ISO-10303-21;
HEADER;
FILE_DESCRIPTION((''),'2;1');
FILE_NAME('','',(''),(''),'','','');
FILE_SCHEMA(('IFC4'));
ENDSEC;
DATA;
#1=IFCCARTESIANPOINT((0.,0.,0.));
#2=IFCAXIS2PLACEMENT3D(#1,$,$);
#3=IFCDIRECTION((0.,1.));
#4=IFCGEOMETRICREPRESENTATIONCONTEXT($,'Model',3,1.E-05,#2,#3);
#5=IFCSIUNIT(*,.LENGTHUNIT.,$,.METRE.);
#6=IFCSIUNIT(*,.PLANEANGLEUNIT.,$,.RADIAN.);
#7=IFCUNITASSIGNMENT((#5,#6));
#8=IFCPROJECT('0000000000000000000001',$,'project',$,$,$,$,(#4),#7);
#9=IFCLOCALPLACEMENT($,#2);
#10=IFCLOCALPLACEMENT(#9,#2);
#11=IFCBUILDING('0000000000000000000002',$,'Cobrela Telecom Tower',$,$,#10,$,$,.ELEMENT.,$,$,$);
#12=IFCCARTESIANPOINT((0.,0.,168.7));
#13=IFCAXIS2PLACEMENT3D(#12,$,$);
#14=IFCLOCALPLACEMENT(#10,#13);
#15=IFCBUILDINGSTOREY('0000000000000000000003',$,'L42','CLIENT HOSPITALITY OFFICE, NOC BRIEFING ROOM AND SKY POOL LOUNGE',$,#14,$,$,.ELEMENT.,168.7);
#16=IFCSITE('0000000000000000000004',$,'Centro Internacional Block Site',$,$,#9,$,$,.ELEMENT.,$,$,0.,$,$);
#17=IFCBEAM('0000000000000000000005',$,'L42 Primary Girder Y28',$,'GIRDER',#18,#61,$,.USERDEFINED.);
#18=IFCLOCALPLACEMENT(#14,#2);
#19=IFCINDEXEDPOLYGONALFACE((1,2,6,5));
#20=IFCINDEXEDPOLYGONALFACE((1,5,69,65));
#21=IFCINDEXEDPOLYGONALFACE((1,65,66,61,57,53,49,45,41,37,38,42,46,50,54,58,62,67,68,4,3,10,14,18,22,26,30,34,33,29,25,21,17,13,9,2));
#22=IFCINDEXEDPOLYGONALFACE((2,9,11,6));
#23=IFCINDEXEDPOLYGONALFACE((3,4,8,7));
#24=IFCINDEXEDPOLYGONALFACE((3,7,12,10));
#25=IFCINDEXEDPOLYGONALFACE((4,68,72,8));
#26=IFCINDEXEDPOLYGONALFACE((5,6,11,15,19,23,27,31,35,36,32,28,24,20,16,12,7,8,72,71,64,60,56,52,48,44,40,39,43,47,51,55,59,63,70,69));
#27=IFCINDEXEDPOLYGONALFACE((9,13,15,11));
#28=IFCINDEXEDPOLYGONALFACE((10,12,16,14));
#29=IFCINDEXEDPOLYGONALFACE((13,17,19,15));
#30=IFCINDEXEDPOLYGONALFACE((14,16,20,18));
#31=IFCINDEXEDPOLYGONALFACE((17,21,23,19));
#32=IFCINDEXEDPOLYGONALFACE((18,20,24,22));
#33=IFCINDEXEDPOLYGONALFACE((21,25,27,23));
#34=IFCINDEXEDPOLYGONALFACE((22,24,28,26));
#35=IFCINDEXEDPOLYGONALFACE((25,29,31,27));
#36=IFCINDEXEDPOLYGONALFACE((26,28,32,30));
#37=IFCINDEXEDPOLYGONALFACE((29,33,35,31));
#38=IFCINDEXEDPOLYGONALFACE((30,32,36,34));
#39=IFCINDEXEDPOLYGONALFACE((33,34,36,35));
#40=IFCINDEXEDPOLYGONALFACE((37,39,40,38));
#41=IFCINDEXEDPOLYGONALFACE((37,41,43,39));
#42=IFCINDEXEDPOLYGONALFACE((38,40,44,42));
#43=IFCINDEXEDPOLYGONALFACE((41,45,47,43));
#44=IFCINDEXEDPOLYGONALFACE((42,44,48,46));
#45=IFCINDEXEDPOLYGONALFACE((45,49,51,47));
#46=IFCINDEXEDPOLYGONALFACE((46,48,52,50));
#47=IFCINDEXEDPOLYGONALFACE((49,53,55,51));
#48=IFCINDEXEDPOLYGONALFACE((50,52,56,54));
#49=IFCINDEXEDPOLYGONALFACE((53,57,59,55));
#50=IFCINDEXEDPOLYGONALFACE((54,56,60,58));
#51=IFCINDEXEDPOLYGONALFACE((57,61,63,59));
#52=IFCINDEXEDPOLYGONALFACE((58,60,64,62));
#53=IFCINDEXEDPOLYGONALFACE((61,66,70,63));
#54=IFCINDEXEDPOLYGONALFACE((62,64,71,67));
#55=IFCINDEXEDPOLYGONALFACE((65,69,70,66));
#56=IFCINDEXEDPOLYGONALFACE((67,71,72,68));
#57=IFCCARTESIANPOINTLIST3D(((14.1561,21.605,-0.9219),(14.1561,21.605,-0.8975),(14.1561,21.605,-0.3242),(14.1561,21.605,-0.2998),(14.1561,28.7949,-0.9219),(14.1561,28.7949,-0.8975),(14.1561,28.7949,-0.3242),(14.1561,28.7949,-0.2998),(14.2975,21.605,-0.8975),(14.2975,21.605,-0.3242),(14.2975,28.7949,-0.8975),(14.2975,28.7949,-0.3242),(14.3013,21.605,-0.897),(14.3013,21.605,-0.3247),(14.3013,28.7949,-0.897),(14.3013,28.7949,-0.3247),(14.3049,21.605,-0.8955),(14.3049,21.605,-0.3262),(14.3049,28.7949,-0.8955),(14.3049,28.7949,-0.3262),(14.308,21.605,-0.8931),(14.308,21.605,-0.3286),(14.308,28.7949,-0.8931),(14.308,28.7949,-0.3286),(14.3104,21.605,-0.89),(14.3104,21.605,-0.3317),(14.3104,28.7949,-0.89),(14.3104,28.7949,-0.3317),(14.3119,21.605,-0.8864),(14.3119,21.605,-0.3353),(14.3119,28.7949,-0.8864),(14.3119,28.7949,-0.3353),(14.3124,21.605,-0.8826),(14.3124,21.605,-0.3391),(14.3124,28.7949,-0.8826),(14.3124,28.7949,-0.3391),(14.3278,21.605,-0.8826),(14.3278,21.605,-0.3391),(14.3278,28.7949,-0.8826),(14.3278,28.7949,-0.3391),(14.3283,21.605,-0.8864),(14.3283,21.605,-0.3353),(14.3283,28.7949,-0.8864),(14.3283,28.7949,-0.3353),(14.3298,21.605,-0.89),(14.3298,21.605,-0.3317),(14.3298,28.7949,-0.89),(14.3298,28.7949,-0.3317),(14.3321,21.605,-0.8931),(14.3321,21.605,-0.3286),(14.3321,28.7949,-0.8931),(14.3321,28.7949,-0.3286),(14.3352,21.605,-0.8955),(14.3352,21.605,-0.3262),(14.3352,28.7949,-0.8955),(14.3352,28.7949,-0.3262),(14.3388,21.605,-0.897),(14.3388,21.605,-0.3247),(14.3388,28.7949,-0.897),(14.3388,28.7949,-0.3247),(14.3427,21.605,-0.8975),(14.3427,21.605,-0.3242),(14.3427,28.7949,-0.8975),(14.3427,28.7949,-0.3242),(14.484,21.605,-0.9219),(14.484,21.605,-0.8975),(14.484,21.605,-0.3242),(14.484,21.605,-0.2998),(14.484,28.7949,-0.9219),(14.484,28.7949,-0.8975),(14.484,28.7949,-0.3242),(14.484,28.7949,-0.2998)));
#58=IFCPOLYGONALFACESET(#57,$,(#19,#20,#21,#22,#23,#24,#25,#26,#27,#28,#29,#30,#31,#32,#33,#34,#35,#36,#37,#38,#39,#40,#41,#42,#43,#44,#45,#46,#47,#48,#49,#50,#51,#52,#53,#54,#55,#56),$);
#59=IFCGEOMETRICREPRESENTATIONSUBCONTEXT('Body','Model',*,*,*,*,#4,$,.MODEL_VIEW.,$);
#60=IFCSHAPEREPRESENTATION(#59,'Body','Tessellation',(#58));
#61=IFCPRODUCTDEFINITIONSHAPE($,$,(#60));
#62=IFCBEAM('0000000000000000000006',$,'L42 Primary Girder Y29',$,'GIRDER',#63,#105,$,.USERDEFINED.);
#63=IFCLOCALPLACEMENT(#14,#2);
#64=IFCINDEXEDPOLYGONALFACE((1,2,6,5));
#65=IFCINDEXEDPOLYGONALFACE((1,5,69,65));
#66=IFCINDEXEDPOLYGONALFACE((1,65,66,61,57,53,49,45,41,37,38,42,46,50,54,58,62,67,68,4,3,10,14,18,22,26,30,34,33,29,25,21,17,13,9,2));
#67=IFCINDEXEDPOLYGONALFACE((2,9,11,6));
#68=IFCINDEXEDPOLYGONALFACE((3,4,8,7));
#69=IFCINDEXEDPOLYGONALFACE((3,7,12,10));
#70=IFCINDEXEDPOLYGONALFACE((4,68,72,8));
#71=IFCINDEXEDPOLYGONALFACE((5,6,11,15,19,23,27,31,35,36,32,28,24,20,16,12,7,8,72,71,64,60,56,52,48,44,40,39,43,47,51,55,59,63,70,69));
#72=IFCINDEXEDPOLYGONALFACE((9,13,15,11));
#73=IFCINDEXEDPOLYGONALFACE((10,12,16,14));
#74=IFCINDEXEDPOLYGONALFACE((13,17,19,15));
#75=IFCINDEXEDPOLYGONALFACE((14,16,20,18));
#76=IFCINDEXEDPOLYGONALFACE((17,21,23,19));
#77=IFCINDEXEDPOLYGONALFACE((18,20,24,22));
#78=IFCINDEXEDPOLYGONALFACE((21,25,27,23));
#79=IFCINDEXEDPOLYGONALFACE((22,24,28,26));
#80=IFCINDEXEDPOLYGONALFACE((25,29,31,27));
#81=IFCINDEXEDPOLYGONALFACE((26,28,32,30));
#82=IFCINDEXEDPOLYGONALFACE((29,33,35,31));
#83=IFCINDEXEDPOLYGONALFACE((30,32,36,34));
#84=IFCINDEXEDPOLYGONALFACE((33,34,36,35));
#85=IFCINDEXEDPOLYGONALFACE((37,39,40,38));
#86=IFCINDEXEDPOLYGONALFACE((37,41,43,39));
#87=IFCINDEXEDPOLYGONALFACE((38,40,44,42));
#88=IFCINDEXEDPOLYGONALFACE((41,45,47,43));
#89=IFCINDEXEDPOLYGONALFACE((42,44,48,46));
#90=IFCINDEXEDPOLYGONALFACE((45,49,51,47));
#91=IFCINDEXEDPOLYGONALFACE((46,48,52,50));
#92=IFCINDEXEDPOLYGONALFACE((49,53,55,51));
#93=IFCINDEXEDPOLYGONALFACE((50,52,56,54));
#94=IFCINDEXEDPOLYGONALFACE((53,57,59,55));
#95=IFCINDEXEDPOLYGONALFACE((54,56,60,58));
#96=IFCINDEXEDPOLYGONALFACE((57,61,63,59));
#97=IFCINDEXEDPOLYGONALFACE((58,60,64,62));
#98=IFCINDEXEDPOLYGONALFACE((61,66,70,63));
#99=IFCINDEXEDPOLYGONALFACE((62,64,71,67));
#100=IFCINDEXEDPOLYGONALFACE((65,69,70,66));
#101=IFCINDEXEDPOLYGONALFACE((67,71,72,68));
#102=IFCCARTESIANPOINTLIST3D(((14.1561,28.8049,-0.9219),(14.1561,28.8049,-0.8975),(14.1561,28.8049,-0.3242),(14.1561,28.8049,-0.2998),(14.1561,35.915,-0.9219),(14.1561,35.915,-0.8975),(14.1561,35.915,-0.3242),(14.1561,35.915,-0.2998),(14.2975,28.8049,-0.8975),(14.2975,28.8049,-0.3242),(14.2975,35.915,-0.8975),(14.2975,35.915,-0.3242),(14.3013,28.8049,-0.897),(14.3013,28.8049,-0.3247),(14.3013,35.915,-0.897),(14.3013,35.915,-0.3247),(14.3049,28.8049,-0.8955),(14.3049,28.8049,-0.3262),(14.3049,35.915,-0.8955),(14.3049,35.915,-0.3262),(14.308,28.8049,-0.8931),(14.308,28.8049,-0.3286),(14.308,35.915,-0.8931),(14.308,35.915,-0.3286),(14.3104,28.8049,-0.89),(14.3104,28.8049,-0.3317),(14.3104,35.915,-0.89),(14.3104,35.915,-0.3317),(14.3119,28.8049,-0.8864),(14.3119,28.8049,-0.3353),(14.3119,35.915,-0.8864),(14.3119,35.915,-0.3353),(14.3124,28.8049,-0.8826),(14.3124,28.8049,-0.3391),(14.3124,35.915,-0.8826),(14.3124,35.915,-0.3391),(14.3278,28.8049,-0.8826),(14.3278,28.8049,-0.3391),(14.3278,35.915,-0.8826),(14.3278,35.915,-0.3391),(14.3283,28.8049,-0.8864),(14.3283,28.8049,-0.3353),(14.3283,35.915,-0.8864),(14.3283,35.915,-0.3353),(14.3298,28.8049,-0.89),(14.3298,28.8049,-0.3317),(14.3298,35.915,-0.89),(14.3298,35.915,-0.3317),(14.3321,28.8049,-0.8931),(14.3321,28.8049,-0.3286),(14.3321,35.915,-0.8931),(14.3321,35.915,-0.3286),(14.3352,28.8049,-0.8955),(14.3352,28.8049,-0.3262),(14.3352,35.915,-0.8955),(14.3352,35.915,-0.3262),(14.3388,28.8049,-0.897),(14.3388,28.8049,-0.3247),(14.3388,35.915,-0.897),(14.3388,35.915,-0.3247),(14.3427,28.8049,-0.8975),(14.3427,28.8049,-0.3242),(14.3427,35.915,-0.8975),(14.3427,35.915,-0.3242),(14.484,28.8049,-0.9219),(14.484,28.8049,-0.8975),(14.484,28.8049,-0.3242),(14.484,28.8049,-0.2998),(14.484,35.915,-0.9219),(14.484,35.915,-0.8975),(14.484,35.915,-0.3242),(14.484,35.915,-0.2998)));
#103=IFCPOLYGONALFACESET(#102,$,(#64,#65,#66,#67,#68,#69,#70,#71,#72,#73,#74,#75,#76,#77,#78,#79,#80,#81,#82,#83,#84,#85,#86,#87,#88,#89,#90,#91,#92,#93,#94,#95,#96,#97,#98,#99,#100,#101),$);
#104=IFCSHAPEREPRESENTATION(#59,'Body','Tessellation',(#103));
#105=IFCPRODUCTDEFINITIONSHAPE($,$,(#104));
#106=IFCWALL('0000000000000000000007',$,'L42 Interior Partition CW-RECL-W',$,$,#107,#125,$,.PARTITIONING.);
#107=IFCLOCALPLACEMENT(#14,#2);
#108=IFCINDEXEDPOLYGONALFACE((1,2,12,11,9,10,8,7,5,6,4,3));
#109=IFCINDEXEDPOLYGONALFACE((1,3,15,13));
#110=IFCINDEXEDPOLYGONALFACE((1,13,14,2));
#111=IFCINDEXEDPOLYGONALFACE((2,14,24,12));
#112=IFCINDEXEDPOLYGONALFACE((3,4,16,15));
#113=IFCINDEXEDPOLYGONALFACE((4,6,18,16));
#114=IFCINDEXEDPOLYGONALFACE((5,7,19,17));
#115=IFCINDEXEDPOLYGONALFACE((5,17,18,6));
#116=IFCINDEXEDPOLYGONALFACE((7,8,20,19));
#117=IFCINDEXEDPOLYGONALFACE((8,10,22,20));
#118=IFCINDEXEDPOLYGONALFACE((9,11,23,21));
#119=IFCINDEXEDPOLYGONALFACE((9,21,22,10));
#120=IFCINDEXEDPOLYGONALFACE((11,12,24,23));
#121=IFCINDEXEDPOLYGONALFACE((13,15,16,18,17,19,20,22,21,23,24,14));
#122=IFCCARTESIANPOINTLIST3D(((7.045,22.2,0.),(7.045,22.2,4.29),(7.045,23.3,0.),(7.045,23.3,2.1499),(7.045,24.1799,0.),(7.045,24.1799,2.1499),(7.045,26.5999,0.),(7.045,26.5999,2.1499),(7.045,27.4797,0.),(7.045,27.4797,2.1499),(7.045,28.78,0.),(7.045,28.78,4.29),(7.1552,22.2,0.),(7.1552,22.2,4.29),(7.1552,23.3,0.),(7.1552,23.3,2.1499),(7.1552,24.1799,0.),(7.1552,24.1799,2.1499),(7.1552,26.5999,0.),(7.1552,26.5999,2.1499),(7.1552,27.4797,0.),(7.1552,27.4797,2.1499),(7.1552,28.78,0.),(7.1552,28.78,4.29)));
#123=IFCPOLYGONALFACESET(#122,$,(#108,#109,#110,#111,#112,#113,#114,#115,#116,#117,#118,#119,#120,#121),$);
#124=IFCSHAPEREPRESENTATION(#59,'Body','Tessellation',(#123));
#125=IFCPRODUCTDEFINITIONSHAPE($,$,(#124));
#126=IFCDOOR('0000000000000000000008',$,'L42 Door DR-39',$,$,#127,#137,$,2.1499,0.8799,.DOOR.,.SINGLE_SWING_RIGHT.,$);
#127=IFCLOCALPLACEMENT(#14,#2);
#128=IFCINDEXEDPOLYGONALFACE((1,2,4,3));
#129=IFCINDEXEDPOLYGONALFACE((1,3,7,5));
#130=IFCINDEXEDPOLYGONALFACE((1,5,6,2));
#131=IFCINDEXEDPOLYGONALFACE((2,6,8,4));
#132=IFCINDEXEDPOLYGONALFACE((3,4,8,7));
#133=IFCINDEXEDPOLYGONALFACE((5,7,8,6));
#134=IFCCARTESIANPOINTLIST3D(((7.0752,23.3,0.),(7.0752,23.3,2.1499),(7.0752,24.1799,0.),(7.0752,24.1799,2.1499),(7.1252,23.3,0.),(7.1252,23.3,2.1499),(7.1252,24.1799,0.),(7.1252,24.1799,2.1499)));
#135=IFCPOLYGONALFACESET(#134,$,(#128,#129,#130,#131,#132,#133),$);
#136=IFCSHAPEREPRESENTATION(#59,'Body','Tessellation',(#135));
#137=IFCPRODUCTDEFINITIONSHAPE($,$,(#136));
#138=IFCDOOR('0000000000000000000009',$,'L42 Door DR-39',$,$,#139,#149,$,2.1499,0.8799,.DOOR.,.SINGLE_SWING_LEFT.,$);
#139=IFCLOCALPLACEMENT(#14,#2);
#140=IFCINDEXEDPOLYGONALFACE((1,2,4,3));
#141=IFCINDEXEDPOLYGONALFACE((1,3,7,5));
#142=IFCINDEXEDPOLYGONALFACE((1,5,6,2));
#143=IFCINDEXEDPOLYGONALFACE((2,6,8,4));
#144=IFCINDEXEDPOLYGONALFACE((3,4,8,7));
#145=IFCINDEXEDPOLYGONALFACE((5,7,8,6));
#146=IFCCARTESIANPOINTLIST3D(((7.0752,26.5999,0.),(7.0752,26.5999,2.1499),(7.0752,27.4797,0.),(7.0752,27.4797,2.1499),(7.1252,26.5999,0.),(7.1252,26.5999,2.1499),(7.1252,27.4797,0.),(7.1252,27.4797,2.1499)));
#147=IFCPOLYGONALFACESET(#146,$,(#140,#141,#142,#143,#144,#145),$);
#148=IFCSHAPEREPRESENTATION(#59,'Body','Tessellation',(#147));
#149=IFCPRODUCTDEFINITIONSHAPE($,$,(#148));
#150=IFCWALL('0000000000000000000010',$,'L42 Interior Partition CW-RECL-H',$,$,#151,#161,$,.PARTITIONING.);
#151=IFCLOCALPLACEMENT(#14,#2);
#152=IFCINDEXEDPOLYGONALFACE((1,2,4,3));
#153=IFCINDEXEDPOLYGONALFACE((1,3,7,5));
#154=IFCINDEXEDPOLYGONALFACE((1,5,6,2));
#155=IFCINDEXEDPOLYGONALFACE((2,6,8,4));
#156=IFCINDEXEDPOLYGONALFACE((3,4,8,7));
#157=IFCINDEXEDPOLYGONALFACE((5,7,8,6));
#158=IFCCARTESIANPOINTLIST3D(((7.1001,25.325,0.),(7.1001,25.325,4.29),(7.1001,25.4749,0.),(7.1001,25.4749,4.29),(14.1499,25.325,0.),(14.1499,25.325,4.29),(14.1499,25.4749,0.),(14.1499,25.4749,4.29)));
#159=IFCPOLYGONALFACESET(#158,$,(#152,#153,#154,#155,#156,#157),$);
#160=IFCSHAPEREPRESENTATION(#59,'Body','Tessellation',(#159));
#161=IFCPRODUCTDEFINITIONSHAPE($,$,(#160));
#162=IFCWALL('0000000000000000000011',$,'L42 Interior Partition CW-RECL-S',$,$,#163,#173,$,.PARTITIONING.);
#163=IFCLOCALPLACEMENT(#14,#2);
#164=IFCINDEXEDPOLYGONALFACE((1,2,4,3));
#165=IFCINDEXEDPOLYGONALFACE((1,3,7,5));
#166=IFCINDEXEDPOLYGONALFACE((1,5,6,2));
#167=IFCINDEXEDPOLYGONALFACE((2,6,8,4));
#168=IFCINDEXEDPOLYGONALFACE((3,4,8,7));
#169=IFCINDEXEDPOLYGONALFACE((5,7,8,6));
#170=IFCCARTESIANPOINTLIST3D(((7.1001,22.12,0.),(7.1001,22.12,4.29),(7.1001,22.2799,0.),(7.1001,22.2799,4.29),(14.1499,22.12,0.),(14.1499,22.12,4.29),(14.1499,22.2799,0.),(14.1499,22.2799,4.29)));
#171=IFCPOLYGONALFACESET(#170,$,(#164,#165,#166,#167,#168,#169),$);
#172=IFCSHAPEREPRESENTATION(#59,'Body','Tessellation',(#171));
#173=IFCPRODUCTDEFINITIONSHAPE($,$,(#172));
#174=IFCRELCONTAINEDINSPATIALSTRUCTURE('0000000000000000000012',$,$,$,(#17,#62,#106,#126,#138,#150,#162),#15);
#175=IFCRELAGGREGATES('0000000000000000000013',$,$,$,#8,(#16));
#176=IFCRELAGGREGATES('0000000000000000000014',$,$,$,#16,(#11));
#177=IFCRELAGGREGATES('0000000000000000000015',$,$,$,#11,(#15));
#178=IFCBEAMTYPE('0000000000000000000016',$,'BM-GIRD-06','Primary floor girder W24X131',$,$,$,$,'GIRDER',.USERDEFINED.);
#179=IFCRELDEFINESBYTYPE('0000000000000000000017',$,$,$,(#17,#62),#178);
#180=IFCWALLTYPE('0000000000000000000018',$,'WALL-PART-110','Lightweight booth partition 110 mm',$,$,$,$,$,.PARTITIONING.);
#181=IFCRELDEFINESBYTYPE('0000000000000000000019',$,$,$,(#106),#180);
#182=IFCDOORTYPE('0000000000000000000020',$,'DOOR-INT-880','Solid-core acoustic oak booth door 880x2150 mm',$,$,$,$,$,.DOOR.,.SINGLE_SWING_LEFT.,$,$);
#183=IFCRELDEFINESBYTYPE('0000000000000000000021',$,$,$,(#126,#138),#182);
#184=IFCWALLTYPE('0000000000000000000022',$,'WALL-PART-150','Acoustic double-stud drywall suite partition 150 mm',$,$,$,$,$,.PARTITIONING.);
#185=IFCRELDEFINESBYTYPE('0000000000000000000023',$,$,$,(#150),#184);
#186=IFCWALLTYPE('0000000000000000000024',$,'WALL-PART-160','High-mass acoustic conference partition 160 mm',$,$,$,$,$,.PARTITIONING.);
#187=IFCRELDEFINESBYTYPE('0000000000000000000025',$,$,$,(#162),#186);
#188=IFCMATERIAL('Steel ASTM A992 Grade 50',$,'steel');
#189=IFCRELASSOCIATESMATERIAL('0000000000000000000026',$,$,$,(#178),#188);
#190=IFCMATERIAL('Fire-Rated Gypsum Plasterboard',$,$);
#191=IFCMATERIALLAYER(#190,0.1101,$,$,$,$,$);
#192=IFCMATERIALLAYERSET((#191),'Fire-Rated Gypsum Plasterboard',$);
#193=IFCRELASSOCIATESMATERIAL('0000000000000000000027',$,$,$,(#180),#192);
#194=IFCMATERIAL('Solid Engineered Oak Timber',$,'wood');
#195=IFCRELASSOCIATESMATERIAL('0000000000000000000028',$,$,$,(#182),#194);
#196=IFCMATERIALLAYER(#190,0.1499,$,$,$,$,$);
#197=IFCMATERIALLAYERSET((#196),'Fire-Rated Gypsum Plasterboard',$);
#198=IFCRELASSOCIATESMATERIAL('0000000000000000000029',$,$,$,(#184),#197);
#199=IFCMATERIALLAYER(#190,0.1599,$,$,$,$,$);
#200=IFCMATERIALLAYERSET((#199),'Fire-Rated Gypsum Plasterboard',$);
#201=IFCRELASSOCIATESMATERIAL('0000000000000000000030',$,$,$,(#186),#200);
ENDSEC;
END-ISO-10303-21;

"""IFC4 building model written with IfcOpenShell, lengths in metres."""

from ifc_helpers import new_model, si_unit, direction, frame, frame_2d, origin, origin_2d, place, context, subcontext, project, spatial, rectangle, i_section, extrude, material, layer, layer_set, material_profile, profile_set, type_object, element, fill, save


model = new_model("IFC4")

# Units and contexts
model_context = context("Model", 3, precision=1e-05, world=origin(), true_north=direction((0.0, 1.0)))
body_context = subcontext(model_context, "Body", "Model", "MODEL_VIEW")
ifc_project = project(units=[si_unit("LENGTHUNIT", "METRE"), si_unit("PLANEANGLEUNIT", "RADIAN")], contexts=[model_context])

# Site, building, storey
site_placement = place(None, origin())
site = spatial("IfcSite", under=ifc_project, at=site_placement, Name="Centro Internacional Block Site", CompositionType="ELEMENT", RefElevation=0.0)
building_placement = place(site_placement, origin())
building = spatial("IfcBuilding", under=site, at=building_placement, Name="Cobrela Telecom Tower", CompositionType="ELEMENT")
storey_placement = place(building_placement, frame((0.0, 0.0, 168.7)))
storey = spatial("IfcBuildingStorey", under=building, at=storey_placement, Name="L42", Description="CLIENT HOSPITALITY OFFICE, NOC BRIEFING ROOM AND SKY POOL LOUNGE", CompositionType="ELEMENT", Elevation=168.7)

# Beams
ifc_material_1 = material(Name="Steel ASTM A992 Grade 50", Category="steel")
ifc_material_profile = material_profile(ifc_material_1, i_section(OverallWidth=0.3279, OverallDepth=0.6221, WebThickness=0.0154, FlangeThickness=0.0244, FilletRadius=0.0149, at=origin_2d()), Name="W24X131")
ifc_profile_set = profile_set([ifc_material_profile], Name="Steel ASTM A992 Grade 50")
beam_type = type_object("IfcBeamType", Name="BM-GIRD-06", Description="Primary floor girder W24X131", ElementType="GIRDER", PredefinedType="USERDEFINED", material=ifc_profile_set)
beam_1_placement = place(storey_placement, frame((14.3201, 21.605, -0.6108), z_axis=(0.0, 1.0, 0.0), x_axis=(-1.0, 0.0, 0.0)))
element("IfcBeam", 1, at=beam_1_placement, inside=storey, type_object=beam_type, Name="L42 Primary Girder Y28", ObjectType="GIRDER", PredefinedType="USERDEFINED", context=body_context, shape_type="SweptSolid", body=[
    extrude(i_section(OverallWidth=0.3279, OverallDepth=0.6221, WebThickness=0.0154, FlangeThickness=0.0244, FilletRadius=0.0149, at=origin_2d()), origin(), (0.0, 0.0, 1.0), 7.1899),
])
beam_2_placement = place(storey_placement, frame((14.3201, 28.8049, -0.6108), z_axis=(0.0, 1.0, 0.0), x_axis=(-1.0, 0.0, 0.0)))
element("IfcBeam", 2, at=beam_2_placement, inside=storey, type_object=beam_type, Name="L42 Primary Girder Y29", ObjectType="GIRDER", PredefinedType="USERDEFINED", context=body_context, shape_type="SweptSolid", body=[
    extrude(i_section(OverallWidth=0.3279, OverallDepth=0.6221, WebThickness=0.0154, FlangeThickness=0.0244, FilletRadius=0.0149, at=origin_2d()), origin(), (0.0, 0.0, 1.0), 7.1101),
])

# Wall, openings, doors
ifc_material_2 = material(Name="Fire-Rated Gypsum Plasterboard")
ifc_layer_1 = layer(ifc_material_2, 0.1101)
ifc_layer_set_1 = layer_set([ifc_layer_1], Name="Fire-Rated Gypsum Plasterboard")
wall_type_1 = type_object("IfcWallType", Name="WALL-PART-110", Description="Lightweight booth partition 110 mm", PredefinedType="PARTITIONING", material=ifc_layer_set_1)
wall_1_placement = place(storey_placement, frame((7.1001, 22.2, 0.0), z_axis=(0.0, 0.0, 1.0), x_axis=(0.0, 1.0, 0.0)))
wall_1 = element("IfcWall", 3, at=wall_1_placement, inside=storey, type_object=wall_type_1, Name="L42 Interior Partition CW-RECL-W", PredefinedType="PARTITIONING", context=body_context, shape_type="SweptSolid", body=[
    extrude(rectangle(XDim=6.5801, YDim=0.1101, at=frame_2d((3.29, 0.0))), origin(), (0.0, 0.0, 1.0), 4.29),
])
opening_1_placement = place(wall_1_placement, frame((1.1001, 0.0, 0.0)))
opening_1 = element("IfcOpeningElement", 4, at=opening_1_placement, cuts=wall_1, PredefinedType="OPENING", context=body_context, shape_type="SweptSolid", body=[
    extrude(rectangle(XDim=0.8799, YDim=2.1499, at=frame_2d((0.4399, 1.075))), frame((0.0, 0.0669, 0.0), z_axis=(0.0, -1.0, 0.0), x_axis=(1.0, 0.0, 0.0)), (0.0, 0.0, 1.0), 0.134),
])
opening_2_placement = place(wall_1_placement, frame((4.3999, 0.0, 0.0)))
opening_2 = element("IfcOpeningElement", 5, at=opening_2_placement, cuts=wall_1, PredefinedType="OPENING", context=body_context, shape_type="SweptSolid", body=[
    extrude(rectangle(XDim=0.8799, YDim=2.1499, at=frame_2d((0.4399, 1.075))), frame((0.0, 0.0669, 0.0), z_axis=(0.0, -1.0, 0.0), x_axis=(1.0, 0.0, 0.0)), (0.0, 0.0, 1.0), 0.134),
])
ifc_material_3 = material(Name="Solid Engineered Oak Timber", Category="wood")
door_type_1 = type_object("IfcDoorType", Name="DOOR-INT-880", Description="Solid-core acoustic oak booth door 880x2150 mm", OperationType="SINGLE_SWING_LEFT", PredefinedType="DOOR", material=ifc_material_3)
door_1_placement = place(opening_1_placement, origin())
door_1 = element("IfcDoor", 6, at=door_1_placement, inside=storey, type_object=door_type_1, Name="L42 Door DR-39", OperationType="SINGLE_SWING_RIGHT", OverallHeight=2.1499, OverallWidth=0.8799, PredefinedType="DOOR", context=body_context, shape_type="SweptSolid", body=[
    extrude(rectangle(XDim=0.8799, YDim=2.1499, at=frame_2d((0.4399, 1.075))), frame((0.0, 0.0249, 0.0), z_axis=(0.0, -1.0, 0.0), x_axis=(1.0, 0.0, 0.0)), (0.0, 0.0, 1.0), 0.05),
])
fill(opening_1, door_1)
door_2_placement = place(opening_2_placement, origin())
door_2 = element("IfcDoor", 7, at=door_2_placement, inside=storey, type_object=door_type_1, Name="L42 Door DR-39", OperationType="SINGLE_SWING_LEFT", OverallHeight=2.1499, OverallWidth=0.8799, PredefinedType="DOOR", context=body_context, shape_type="SweptSolid", body=[
    extrude(rectangle(XDim=0.8799, YDim=2.1499, at=frame_2d((0.4399, 1.075))), frame((0.0, 0.0249, 0.0), z_axis=(0.0, -1.0, 0.0), x_axis=(1.0, 0.0, 0.0)), (0.0, 0.0, 1.0), 0.05),
])
fill(opening_2, door_2)

# Walls
ifc_layer_2 = layer(ifc_material_2, 0.1499)
ifc_layer_set_2 = layer_set([ifc_layer_2], Name="Fire-Rated Gypsum Plasterboard")
wall_type_2 = type_object("IfcWallType", Name="WALL-PART-150", Description="Acoustic double-stud drywall suite partition 150 mm", PredefinedType="PARTITIONING", material=ifc_layer_set_2)
wall_2_placement = place(storey_placement, frame((7.1001, 25.3999, 0.0), z_axis=(0.0, 0.0, 1.0), x_axis=(1.0, 0.0, 0.0)))
element("IfcWall", 8, at=wall_2_placement, inside=storey, type_object=wall_type_2, Name="L42 Interior Partition CW-RECL-H", PredefinedType="PARTITIONING", context=body_context, shape_type="SweptSolid", body=[
    extrude(rectangle(XDim=7.0498, YDim=0.1499, at=frame_2d((3.5249, 0.0))), origin(), (0.0, 0.0, 1.0), 4.29),
])
ifc_layer_3 = layer(ifc_material_2, 0.1599)
ifc_layer_set_3 = layer_set([ifc_layer_3], Name="Fire-Rated Gypsum Plasterboard")
wall_type_3 = type_object("IfcWallType", Name="WALL-PART-160", Description="High-mass acoustic conference partition 160 mm", PredefinedType="PARTITIONING", material=ifc_layer_set_3)
wall_3_placement = place(storey_placement, frame((7.1001, 22.2, 0.0), z_axis=(0.0, 0.0, 1.0), x_axis=(1.0, 0.0, 0.0)))
element("IfcWall", 9, at=wall_3_placement, inside=storey, type_object=wall_type_3, Name="L42 Interior Partition CW-RECL-S", PredefinedType="PARTITIONING", context=body_context, shape_type="SweptSolid", body=[
    extrude(rectangle(XDim=7.0498, YDim=0.1599, at=frame_2d((3.5249, 0.0))), origin(), (0.0, 0.0, 1.0), 4.29),
])

save(model, "model.ifc")
